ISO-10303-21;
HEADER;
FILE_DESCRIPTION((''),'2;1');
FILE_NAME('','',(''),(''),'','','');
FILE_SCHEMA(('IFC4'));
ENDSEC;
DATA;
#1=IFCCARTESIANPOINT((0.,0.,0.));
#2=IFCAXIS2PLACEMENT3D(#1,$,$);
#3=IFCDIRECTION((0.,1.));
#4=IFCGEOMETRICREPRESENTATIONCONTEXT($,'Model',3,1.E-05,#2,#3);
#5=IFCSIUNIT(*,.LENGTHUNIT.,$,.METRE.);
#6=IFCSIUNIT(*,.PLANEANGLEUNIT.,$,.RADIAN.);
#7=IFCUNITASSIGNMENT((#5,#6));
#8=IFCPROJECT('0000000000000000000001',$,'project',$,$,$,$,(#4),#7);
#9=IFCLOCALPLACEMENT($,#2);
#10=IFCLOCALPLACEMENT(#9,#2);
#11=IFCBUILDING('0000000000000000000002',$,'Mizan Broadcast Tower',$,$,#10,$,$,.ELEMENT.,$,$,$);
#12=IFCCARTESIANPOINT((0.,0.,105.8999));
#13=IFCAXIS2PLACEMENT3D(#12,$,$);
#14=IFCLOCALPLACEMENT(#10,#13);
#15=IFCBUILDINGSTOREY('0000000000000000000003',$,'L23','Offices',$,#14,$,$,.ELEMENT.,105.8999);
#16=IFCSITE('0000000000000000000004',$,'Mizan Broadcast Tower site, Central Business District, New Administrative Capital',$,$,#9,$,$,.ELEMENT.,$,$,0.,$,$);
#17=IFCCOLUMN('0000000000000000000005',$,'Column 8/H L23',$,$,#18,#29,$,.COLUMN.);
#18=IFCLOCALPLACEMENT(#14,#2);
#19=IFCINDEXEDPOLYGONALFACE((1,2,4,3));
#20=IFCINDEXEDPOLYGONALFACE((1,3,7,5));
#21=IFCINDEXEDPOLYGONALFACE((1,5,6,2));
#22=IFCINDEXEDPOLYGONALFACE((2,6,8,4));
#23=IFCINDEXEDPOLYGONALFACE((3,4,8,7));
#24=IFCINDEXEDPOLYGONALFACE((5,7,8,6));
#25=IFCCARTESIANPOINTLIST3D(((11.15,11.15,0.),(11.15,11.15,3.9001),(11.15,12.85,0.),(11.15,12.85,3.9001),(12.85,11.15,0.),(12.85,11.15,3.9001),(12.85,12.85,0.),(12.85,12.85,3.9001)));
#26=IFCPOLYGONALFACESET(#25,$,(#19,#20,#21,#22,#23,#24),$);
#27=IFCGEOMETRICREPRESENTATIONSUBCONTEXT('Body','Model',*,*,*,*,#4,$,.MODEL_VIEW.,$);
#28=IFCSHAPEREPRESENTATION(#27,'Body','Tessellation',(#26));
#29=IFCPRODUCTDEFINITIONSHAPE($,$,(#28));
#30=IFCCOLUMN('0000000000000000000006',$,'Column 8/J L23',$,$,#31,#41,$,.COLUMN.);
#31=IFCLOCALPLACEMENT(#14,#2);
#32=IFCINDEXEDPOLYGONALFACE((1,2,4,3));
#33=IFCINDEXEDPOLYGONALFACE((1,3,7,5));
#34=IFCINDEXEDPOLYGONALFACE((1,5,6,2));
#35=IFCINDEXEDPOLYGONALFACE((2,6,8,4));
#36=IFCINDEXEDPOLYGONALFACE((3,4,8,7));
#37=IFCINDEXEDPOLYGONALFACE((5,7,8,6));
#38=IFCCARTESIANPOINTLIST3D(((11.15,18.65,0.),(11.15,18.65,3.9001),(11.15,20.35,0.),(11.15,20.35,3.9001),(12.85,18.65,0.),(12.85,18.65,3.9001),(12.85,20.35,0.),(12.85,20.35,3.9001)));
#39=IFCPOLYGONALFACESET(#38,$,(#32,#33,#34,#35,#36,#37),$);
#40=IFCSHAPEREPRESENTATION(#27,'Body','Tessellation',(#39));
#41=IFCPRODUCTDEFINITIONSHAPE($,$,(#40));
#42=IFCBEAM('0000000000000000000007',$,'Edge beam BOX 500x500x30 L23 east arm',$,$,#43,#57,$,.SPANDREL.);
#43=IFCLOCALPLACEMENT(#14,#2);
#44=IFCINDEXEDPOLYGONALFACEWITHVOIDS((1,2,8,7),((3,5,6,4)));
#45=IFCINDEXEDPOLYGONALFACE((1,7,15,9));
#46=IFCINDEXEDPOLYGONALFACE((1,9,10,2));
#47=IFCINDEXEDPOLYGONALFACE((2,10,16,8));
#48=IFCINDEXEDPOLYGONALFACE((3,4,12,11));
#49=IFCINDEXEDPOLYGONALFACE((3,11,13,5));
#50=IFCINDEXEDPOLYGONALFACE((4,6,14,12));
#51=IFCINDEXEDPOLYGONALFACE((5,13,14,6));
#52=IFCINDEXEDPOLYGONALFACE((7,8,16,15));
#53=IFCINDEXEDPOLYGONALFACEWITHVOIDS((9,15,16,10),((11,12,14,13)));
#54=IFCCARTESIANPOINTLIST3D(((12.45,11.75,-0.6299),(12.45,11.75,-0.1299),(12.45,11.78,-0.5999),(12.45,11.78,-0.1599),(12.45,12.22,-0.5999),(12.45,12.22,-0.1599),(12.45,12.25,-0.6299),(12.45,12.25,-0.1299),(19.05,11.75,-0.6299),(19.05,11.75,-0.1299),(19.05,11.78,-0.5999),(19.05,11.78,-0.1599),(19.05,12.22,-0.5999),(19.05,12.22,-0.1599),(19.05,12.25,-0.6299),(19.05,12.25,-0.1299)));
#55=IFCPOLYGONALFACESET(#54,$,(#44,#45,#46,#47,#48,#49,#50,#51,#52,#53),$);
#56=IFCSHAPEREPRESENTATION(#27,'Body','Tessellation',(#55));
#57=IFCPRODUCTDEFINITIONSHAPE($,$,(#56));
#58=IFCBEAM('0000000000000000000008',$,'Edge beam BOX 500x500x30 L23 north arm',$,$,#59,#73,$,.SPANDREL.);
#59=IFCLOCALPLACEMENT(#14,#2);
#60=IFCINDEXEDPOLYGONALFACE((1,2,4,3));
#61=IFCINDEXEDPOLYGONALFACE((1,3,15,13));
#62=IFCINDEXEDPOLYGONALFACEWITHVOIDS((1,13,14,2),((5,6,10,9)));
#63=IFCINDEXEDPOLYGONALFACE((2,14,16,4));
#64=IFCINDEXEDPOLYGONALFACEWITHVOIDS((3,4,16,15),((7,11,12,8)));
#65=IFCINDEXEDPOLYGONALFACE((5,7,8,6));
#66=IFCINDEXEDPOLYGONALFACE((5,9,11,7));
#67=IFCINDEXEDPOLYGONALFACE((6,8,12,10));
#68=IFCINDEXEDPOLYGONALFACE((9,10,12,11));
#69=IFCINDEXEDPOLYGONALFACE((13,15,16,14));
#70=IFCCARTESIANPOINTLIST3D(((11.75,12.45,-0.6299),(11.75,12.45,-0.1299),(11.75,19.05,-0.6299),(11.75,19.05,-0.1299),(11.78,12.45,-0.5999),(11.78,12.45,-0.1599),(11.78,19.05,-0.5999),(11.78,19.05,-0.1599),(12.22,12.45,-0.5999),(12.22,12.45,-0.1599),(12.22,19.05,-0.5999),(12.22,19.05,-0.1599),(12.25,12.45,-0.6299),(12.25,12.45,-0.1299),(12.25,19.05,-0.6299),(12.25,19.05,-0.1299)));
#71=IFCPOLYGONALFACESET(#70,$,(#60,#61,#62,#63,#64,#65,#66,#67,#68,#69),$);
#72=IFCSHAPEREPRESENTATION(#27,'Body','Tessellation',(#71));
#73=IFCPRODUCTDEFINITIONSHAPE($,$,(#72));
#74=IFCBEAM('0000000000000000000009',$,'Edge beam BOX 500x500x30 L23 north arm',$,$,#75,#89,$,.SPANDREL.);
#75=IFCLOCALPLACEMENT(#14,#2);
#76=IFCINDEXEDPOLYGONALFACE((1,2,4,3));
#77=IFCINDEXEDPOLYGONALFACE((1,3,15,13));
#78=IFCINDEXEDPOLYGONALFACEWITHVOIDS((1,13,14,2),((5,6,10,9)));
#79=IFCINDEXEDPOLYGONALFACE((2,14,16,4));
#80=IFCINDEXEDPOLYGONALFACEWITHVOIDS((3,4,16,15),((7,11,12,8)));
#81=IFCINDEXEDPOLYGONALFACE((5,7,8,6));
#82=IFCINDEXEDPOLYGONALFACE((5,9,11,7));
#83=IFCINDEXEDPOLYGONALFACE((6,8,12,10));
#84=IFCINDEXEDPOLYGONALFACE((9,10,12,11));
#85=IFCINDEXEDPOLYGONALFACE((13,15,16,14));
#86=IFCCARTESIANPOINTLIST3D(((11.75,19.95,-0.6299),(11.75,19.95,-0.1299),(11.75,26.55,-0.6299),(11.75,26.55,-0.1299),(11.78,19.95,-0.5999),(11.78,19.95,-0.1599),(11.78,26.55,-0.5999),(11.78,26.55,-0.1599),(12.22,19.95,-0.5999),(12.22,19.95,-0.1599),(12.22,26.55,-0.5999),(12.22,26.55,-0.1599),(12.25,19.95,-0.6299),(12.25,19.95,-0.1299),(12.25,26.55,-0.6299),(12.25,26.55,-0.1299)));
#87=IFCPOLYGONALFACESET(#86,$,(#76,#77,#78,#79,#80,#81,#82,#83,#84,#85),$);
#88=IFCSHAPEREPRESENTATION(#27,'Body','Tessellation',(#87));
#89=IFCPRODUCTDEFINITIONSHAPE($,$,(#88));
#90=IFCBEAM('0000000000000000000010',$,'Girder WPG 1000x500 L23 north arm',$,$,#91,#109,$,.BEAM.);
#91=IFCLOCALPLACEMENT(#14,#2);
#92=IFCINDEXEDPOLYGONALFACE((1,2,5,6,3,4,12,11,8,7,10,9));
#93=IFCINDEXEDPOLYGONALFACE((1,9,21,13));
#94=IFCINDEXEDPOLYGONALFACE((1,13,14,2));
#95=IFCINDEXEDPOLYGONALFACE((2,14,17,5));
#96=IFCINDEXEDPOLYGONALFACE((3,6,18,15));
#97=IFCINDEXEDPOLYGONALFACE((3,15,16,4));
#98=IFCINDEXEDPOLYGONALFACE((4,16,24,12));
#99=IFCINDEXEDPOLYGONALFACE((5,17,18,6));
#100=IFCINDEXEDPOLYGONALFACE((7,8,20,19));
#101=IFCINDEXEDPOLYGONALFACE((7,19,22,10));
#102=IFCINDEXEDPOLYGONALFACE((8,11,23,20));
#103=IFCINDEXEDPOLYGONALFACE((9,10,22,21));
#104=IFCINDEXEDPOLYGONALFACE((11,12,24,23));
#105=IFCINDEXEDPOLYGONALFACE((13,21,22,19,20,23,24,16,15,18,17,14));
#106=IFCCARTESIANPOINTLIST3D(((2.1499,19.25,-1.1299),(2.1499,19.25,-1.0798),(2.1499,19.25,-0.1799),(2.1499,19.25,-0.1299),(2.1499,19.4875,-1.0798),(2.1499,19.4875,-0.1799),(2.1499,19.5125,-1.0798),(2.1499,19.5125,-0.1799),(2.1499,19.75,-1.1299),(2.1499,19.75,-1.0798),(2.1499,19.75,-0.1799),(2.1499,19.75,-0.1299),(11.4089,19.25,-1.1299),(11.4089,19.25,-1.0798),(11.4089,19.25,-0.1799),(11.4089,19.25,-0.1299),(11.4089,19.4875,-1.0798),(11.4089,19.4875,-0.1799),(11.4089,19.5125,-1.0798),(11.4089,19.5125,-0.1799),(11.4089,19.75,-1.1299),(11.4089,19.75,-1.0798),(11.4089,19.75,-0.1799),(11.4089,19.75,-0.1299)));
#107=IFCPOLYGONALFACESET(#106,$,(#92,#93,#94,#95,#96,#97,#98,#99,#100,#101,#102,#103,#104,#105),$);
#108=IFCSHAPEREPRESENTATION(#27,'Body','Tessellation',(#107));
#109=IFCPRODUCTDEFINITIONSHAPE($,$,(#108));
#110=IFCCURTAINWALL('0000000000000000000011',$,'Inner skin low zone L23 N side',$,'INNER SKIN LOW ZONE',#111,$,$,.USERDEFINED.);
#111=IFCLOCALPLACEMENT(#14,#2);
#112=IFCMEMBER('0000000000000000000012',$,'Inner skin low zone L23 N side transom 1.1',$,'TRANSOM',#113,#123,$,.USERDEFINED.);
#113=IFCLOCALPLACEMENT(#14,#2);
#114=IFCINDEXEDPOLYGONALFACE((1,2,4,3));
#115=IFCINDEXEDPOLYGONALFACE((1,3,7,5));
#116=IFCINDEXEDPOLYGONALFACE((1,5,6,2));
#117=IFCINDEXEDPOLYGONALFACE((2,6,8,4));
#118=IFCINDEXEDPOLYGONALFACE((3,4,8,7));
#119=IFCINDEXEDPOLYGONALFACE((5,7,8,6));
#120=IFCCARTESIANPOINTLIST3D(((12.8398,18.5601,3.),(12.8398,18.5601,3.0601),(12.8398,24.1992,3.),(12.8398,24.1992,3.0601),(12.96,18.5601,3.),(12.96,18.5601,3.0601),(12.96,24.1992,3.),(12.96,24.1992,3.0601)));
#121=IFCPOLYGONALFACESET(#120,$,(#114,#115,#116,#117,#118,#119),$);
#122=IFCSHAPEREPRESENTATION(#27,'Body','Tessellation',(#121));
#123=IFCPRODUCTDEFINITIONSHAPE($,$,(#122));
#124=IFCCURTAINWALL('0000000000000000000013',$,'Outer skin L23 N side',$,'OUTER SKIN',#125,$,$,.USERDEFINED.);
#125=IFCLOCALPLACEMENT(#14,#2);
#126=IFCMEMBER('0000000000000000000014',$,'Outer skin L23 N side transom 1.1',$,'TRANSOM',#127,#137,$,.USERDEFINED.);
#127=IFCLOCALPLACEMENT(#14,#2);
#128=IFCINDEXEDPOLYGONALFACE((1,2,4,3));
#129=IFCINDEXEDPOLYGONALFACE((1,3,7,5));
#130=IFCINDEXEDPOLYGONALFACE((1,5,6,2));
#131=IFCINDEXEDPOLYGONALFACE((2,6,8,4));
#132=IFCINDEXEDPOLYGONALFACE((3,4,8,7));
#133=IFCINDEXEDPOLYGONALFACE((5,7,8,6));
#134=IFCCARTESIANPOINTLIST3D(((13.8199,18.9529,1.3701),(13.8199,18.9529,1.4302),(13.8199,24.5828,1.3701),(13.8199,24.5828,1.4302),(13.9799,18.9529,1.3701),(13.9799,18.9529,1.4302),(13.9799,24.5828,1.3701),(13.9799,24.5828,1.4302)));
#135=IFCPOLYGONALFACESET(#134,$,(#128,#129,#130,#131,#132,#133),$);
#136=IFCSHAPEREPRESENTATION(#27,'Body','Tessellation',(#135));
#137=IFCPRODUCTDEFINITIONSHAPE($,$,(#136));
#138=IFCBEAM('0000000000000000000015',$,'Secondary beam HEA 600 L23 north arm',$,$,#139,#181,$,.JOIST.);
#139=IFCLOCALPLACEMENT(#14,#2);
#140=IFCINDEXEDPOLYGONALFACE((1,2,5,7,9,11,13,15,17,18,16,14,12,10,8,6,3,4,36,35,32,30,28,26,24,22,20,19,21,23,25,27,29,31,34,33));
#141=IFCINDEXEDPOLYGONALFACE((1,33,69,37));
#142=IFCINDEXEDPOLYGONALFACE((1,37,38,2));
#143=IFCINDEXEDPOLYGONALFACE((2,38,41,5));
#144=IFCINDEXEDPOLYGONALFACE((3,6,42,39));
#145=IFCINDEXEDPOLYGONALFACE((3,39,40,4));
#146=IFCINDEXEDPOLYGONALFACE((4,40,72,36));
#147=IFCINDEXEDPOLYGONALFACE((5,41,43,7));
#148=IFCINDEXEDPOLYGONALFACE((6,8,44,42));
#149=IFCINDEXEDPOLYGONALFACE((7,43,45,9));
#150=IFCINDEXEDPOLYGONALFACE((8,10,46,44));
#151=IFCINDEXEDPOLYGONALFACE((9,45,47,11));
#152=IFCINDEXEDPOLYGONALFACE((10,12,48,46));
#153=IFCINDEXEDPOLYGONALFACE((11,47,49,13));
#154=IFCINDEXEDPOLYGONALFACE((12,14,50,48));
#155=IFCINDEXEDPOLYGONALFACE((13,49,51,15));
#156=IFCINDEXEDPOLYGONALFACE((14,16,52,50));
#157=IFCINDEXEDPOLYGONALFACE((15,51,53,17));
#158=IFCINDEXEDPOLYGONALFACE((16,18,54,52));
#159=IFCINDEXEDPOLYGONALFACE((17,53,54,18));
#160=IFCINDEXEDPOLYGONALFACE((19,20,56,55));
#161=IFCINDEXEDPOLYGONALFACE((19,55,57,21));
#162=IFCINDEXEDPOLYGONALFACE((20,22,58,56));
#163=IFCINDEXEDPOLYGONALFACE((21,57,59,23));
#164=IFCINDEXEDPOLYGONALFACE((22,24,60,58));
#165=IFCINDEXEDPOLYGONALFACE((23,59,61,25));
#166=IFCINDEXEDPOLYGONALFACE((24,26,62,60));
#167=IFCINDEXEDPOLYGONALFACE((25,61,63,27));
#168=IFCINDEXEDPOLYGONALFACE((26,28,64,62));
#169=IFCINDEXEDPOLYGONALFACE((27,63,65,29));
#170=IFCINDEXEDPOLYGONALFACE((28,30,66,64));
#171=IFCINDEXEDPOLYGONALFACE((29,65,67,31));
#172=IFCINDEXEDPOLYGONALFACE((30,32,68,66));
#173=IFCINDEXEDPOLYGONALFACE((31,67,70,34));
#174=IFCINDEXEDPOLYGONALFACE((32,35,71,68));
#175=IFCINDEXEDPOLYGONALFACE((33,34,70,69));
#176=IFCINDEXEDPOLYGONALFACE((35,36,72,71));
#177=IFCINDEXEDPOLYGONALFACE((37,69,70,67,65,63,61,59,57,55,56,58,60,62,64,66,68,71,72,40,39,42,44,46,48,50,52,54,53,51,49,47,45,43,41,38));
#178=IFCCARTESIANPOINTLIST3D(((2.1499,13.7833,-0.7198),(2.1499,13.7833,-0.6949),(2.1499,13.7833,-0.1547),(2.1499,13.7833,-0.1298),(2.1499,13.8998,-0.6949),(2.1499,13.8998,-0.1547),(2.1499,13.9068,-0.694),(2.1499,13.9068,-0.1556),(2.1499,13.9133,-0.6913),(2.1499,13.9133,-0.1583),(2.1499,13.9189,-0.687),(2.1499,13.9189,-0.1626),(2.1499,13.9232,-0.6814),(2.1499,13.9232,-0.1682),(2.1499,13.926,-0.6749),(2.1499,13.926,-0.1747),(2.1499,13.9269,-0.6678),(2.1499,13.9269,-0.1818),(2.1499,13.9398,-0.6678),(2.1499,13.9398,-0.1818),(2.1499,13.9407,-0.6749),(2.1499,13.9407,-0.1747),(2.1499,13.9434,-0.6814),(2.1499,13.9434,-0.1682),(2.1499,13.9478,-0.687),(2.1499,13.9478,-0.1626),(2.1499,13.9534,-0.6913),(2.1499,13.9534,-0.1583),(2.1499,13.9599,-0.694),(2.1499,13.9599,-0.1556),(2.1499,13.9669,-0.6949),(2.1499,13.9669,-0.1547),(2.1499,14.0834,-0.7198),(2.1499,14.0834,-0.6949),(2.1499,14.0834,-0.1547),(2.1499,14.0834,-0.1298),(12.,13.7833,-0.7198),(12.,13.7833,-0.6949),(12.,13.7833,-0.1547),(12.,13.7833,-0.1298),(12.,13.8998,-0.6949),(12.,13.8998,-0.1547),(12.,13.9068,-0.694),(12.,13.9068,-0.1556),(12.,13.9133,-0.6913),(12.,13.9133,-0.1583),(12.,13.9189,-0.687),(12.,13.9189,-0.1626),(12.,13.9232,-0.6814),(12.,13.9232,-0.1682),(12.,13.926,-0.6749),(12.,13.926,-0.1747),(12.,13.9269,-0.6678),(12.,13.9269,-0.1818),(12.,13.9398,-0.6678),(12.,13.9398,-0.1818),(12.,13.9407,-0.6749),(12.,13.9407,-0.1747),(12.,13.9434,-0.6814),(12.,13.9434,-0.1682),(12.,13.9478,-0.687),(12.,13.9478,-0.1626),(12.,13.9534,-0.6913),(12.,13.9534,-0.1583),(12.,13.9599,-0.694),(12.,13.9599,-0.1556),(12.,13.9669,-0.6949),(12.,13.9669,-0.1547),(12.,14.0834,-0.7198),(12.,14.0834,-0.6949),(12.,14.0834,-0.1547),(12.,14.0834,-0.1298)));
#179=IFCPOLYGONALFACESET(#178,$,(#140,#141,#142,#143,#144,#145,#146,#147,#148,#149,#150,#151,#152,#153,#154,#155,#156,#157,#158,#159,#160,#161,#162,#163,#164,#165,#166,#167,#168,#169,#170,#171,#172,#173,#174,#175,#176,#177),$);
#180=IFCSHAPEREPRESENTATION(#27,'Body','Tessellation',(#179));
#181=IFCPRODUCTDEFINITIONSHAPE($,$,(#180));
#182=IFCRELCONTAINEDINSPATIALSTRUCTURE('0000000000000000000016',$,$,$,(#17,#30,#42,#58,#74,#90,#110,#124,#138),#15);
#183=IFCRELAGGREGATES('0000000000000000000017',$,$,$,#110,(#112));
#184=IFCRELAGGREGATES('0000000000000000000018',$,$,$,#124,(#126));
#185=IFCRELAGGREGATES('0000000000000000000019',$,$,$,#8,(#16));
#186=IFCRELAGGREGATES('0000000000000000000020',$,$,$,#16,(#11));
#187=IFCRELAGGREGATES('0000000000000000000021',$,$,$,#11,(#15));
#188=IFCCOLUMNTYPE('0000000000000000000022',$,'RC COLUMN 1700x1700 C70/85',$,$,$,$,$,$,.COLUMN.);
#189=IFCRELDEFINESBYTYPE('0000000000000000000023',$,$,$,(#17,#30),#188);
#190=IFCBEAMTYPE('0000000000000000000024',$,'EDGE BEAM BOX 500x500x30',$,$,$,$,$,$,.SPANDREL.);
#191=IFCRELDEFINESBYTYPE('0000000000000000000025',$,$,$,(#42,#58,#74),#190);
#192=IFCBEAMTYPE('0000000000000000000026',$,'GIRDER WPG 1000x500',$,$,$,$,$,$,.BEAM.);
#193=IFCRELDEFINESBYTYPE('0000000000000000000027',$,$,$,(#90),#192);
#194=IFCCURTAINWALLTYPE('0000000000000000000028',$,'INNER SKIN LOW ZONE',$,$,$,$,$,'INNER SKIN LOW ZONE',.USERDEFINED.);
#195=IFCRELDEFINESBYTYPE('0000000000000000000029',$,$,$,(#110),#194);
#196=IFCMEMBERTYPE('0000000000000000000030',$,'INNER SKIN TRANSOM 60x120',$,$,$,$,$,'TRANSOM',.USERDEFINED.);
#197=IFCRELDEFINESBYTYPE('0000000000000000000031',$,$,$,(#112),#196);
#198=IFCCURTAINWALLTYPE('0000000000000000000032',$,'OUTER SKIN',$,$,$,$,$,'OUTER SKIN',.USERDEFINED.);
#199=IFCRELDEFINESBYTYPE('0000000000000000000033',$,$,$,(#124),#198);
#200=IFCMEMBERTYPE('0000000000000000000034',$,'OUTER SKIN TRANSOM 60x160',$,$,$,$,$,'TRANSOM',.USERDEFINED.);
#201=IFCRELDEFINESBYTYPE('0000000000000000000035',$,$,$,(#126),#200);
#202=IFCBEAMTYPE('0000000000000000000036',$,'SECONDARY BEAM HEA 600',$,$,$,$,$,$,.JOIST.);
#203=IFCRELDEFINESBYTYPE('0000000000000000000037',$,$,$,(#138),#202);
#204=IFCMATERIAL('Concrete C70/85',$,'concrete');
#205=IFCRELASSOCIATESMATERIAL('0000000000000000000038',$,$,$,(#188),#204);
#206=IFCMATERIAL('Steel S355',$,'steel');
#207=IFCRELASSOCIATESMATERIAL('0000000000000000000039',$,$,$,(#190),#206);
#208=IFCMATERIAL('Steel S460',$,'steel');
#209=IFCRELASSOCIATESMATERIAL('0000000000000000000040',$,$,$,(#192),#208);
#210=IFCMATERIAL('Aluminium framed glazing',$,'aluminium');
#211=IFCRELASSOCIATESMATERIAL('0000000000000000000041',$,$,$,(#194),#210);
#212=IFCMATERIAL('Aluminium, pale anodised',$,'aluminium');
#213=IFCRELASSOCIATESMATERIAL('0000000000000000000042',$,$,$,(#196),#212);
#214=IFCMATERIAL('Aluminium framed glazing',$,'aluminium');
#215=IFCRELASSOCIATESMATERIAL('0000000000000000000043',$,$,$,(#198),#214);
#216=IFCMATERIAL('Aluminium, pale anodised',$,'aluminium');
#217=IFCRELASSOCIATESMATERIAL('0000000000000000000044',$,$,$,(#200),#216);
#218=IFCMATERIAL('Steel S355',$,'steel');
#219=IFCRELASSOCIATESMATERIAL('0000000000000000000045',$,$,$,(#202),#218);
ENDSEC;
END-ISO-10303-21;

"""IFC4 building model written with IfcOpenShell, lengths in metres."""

from ifc_helpers import new_model, si_unit, direction, frame, origin, origin_2d, place, context, subcontext, project, spatial, rectangle, hollow_rectangle, i_section, extrude, material, material_profile, profile_set, type_object, element, aggregate, save


model = new_model("IFC4")

# Units and contexts
model_context = context("Model", 3, precision=1e-05, world=origin(), true_north=direction((0.0, 1.0)))
body_context = subcontext(model_context, "Body", "Model", "MODEL_VIEW")
ifc_project = project(units=[si_unit("LENGTHUNIT", "METRE"), si_unit("PLANEANGLEUNIT", "RADIAN")], contexts=[model_context])

# Site, building, storey
site_placement = place(None, origin())
site = spatial("IfcSite", under=ifc_project, at=site_placement, Name="Mizan Broadcast Tower site, Central Business District, New Administrative Capital", CompositionType="ELEMENT", RefElevation=0.0)
building_placement = place(site_placement, origin())
building = spatial("IfcBuilding", under=site, at=building_placement, Name="Mizan Broadcast Tower", CompositionType="ELEMENT")
storey_placement = place(building_placement, frame((0.0, 0.0, 105.8999)))
storey = spatial("IfcBuildingStorey", under=building, at=storey_placement, Name="L23", Description="Offices", CompositionType="ELEMENT", Elevation=105.8999)

# Columns
ifc_material_1 = material(Name="Concrete C70/85", Category="concrete")
ifc_material_profile_1 = material_profile(ifc_material_1, rectangle(XDim=1.7, YDim=1.7, at=origin_2d()), Name="RC 1700x1700")
ifc_profile_set_1 = profile_set([ifc_material_profile_1], Name="Concrete C70/85")
column_type = type_object("IfcColumnType", Name="RC COLUMN 1700x1700 C70/85", PredefinedType="COLUMN", material=ifc_profile_set_1)
for number, where, z_axis, x_axis, name in (
    (1, (12.0, 12.0, 0.0), (0.0, 0.0, 1.0), (1.0, 0.0, 0.0), "Column 8/H L23"),
    (2, (12.0, 19.5, 0.0), (0.0, 0.0, 1.0), (1.0, 0.0, 0.0), "Column 8/J L23"),
):
    element("IfcColumn", number, at=place(storey_placement, frame(where, z_axis=z_axis, x_axis=x_axis)), inside=storey, type_object=column_type, Name=name, PredefinedType="COLUMN", context=body_context, shape_type="SweptSolid", body=[
        extrude(rectangle(XDim=1.7, YDim=1.7, at=origin_2d()), origin(), (0.0, 0.0, 1.0), 3.9001),
    ])

# Beams
ifc_material_2 = material(Name="Steel S355", Category="steel")
ifc_material_profile_2 = material_profile(ifc_material_2, hollow_rectangle(XDim=0.5, YDim=0.5, WallThickness=0.03, at=origin_2d()), Name="BOX 500x500x30")
ifc_profile_set_2 = profile_set([ifc_material_profile_2], Name="Steel S355")
beam_type_1 = type_object("IfcBeamType", Name="EDGE BEAM BOX 500x500x30", PredefinedType="SPANDREL", material=ifc_profile_set_2)
for number, where, z_axis, x_axis, name in (
    (3, (12.45, 12.0, -0.3799), (1.0, 0.0, 0.0), (0.0, 1.0, 0.0), "Edge beam BOX 500x500x30 L23 east arm"),
    (4, (12.0, 12.45, -0.3799), (0.0, 1.0, 0.0), (-1.0, 0.0, 0.0), "Edge beam BOX 500x500x30 L23 north arm"),
    (5, (12.0, 19.95, -0.3799), (0.0, 1.0, 0.0), (-1.0, 0.0, 0.0), "Edge beam BOX 500x500x30 L23 north arm"),
):
    element("IfcBeam", number, at=place(storey_placement, frame(where, z_axis=z_axis, x_axis=x_axis)), inside=storey, type_object=beam_type_1, Name=name, PredefinedType="SPANDREL", context=body_context, shape_type="SweptSolid", body=[
        extrude(hollow_rectangle(XDim=0.5, YDim=0.5, WallThickness=0.03, at=origin_2d()), origin(), (0.0, 0.0, 1.0), 6.6001),
    ])
ifc_material_3 = material(Name="Steel S460", Category="steel")
ifc_material_profile_3 = material_profile(ifc_material_3, i_section(OverallWidth=0.5, OverallDepth=1.0, WebThickness=0.0249, FlangeThickness=0.05, at=origin_2d()), Name="WPG 1000x500")
ifc_profile_set_3 = profile_set([ifc_material_profile_3], Name="Steel S460")
beam_type_2 = type_object("IfcBeamType", Name="GIRDER WPG 1000x500", PredefinedType="BEAM", material=ifc_profile_set_3)
beam_1_placement = place(storey_placement, frame((11.4089, 19.5, -0.6299), z_axis=(-1.0, 0.0, 0.0), x_axis=(0.0, -1.0, 0.0)))
element("IfcBeam", 6, at=beam_1_placement, inside=storey, type_object=beam_type_2, Name="Girder WPG 1000x500 L23 north arm", PredefinedType="BEAM", context=body_context, shape_type="SweptSolid", body=[
    extrude(i_section(OverallWidth=0.5, OverallDepth=1.0, WebThickness=0.0249, FlangeThickness=0.05, at=origin_2d()), origin(), (0.0, 0.0, 1.0), 9.259),
])

# Curtain walls, members
ifc_material_4 = material(Name="Aluminium framed glazing", Category="aluminium")
curtain_wall_type_1 = type_object("IfcCurtainWallType", Name="INNER SKIN LOW ZONE", ElementType="INNER SKIN LOW ZONE", PredefinedType="USERDEFINED", material=ifc_material_4)
curtain_wall_1_placement = place(storey_placement, origin())
curtain_wall_1 = element("IfcCurtainWall", 7, at=curtain_wall_1_placement, inside=storey, type_object=curtain_wall_type_1, Name="Inner skin low zone L23 N side", ObjectType="INNER SKIN LOW ZONE", PredefinedType="USERDEFINED")
ifc_material_5 = material(Name="Aluminium, pale anodised", Category="aluminium")
ifc_material_profile_4 = material_profile(ifc_material_5, rectangle(XDim=0.1201, YDim=0.0601, at=origin_2d()), Name="TRANSOM 120x60")
ifc_profile_set_4 = profile_set([ifc_material_profile_4], Name="Aluminium, pale anodised")
member_type_1 = type_object("IfcMemberType", Name="INNER SKIN TRANSOM 60x120", ElementType="TRANSOM", PredefinedType="USERDEFINED", material=ifc_profile_set_4)
member_1_placement = place(storey_placement, frame((12.8999, 18.5601, 3.03), z_axis=(0.0, 1.0, 0.0), x_axis=(-1.0, 0.0, 0.0)))
member_1 = element("IfcMember", 8, at=member_1_placement, type_object=member_type_1, Name="Inner skin low zone L23 N side transom 1.1", ObjectType="TRANSOM", PredefinedType="USERDEFINED", context=body_context, shape_type="SweptSolid", body=[
    extrude(rectangle(XDim=0.1201, YDim=0.0601, at=origin_2d()), origin(), (0.0, 0.0, 1.0), 5.6392),
])
ifc_material_6 = material(Name="Aluminium framed glazing", Category="aluminium")
curtain_wall_type_2 = type_object("IfcCurtainWallType", Name="OUTER SKIN", ElementType="OUTER SKIN", PredefinedType="USERDEFINED", material=ifc_material_6)
curtain_wall_2_placement = place(storey_placement, origin())
curtain_wall_2 = element("IfcCurtainWall", 9, at=curtain_wall_2_placement, inside=storey, type_object=curtain_wall_type_2, Name="Outer skin L23 N side", ObjectType="OUTER SKIN", PredefinedType="USERDEFINED")
ifc_material_7 = material(Name="Aluminium, pale anodised", Category="aluminium")
ifc_material_profile_5 = material_profile(ifc_material_7, rectangle(XDim=0.1599, YDim=0.0601, at=origin_2d()), Name="TRANSOM 160x60")
ifc_profile_set_5 = profile_set([ifc_material_profile_5], Name="Aluminium, pale anodised")
member_type_2 = type_object("IfcMemberType", Name="OUTER SKIN TRANSOM 60x160", ElementType="TRANSOM", PredefinedType="USERDEFINED", material=ifc_profile_set_5)
member_2_placement = place(storey_placement, frame((13.8999, 18.9529, 1.4001), z_axis=(0.0, 1.0, 0.0), x_axis=(-1.0, 0.0, 0.0)))
member_2 = element("IfcMember", 10, at=member_2_placement, type_object=member_type_2, Name="Outer skin L23 N side transom 1.1", ObjectType="TRANSOM", PredefinedType="USERDEFINED", context=body_context, shape_type="SweptSolid", body=[
    extrude(rectangle(XDim=0.1599, YDim=0.0601, at=origin_2d()), origin(), (0.0, 0.0, 1.0), 5.6299),
])

# Beam
ifc_material_8 = material(Name="Steel S355", Category="steel")
ifc_material_profile_6 = material_profile(ifc_material_8, i_section(OverallWidth=0.3, OverallDepth=0.5901, WebThickness=0.0129, FlangeThickness=0.0249, FilletRadius=0.0271, at=origin_2d()), Name="HEA 600")
ifc_profile_set_6 = profile_set([ifc_material_profile_6], Name="Steel S355")
beam_type_3 = type_object("IfcBeamType", Name="SECONDARY BEAM HEA 600", PredefinedType="JOIST", material=ifc_profile_set_6)
for number, where, z_axis, x_axis, name in (
    (11, (12.0, 13.9333, -0.4248), (-1.0, 0.0, 0.0), (0.0, -1.0, 0.0), "Secondary beam HEA 600 L23 north arm"),
):
    element("IfcBeam", number, at=place(storey_placement, frame(where, z_axis=z_axis, x_axis=x_axis)), inside=storey, type_object=beam_type_3, Name=name, PredefinedType="JOIST", context=body_context, shape_type="SweptSolid", body=[
        extrude(i_section(OverallWidth=0.3, OverallDepth=0.5901, WebThickness=0.0129, FlangeThickness=0.0249, FilletRadius=0.0271, at=origin_2d()), origin(), (0.0, 0.0, 1.0), 9.8501),
    ])

aggregate(curtain_wall_1, [member_1])
aggregate(curtain_wall_2, [member_2])

save(model, "model.ifc")
